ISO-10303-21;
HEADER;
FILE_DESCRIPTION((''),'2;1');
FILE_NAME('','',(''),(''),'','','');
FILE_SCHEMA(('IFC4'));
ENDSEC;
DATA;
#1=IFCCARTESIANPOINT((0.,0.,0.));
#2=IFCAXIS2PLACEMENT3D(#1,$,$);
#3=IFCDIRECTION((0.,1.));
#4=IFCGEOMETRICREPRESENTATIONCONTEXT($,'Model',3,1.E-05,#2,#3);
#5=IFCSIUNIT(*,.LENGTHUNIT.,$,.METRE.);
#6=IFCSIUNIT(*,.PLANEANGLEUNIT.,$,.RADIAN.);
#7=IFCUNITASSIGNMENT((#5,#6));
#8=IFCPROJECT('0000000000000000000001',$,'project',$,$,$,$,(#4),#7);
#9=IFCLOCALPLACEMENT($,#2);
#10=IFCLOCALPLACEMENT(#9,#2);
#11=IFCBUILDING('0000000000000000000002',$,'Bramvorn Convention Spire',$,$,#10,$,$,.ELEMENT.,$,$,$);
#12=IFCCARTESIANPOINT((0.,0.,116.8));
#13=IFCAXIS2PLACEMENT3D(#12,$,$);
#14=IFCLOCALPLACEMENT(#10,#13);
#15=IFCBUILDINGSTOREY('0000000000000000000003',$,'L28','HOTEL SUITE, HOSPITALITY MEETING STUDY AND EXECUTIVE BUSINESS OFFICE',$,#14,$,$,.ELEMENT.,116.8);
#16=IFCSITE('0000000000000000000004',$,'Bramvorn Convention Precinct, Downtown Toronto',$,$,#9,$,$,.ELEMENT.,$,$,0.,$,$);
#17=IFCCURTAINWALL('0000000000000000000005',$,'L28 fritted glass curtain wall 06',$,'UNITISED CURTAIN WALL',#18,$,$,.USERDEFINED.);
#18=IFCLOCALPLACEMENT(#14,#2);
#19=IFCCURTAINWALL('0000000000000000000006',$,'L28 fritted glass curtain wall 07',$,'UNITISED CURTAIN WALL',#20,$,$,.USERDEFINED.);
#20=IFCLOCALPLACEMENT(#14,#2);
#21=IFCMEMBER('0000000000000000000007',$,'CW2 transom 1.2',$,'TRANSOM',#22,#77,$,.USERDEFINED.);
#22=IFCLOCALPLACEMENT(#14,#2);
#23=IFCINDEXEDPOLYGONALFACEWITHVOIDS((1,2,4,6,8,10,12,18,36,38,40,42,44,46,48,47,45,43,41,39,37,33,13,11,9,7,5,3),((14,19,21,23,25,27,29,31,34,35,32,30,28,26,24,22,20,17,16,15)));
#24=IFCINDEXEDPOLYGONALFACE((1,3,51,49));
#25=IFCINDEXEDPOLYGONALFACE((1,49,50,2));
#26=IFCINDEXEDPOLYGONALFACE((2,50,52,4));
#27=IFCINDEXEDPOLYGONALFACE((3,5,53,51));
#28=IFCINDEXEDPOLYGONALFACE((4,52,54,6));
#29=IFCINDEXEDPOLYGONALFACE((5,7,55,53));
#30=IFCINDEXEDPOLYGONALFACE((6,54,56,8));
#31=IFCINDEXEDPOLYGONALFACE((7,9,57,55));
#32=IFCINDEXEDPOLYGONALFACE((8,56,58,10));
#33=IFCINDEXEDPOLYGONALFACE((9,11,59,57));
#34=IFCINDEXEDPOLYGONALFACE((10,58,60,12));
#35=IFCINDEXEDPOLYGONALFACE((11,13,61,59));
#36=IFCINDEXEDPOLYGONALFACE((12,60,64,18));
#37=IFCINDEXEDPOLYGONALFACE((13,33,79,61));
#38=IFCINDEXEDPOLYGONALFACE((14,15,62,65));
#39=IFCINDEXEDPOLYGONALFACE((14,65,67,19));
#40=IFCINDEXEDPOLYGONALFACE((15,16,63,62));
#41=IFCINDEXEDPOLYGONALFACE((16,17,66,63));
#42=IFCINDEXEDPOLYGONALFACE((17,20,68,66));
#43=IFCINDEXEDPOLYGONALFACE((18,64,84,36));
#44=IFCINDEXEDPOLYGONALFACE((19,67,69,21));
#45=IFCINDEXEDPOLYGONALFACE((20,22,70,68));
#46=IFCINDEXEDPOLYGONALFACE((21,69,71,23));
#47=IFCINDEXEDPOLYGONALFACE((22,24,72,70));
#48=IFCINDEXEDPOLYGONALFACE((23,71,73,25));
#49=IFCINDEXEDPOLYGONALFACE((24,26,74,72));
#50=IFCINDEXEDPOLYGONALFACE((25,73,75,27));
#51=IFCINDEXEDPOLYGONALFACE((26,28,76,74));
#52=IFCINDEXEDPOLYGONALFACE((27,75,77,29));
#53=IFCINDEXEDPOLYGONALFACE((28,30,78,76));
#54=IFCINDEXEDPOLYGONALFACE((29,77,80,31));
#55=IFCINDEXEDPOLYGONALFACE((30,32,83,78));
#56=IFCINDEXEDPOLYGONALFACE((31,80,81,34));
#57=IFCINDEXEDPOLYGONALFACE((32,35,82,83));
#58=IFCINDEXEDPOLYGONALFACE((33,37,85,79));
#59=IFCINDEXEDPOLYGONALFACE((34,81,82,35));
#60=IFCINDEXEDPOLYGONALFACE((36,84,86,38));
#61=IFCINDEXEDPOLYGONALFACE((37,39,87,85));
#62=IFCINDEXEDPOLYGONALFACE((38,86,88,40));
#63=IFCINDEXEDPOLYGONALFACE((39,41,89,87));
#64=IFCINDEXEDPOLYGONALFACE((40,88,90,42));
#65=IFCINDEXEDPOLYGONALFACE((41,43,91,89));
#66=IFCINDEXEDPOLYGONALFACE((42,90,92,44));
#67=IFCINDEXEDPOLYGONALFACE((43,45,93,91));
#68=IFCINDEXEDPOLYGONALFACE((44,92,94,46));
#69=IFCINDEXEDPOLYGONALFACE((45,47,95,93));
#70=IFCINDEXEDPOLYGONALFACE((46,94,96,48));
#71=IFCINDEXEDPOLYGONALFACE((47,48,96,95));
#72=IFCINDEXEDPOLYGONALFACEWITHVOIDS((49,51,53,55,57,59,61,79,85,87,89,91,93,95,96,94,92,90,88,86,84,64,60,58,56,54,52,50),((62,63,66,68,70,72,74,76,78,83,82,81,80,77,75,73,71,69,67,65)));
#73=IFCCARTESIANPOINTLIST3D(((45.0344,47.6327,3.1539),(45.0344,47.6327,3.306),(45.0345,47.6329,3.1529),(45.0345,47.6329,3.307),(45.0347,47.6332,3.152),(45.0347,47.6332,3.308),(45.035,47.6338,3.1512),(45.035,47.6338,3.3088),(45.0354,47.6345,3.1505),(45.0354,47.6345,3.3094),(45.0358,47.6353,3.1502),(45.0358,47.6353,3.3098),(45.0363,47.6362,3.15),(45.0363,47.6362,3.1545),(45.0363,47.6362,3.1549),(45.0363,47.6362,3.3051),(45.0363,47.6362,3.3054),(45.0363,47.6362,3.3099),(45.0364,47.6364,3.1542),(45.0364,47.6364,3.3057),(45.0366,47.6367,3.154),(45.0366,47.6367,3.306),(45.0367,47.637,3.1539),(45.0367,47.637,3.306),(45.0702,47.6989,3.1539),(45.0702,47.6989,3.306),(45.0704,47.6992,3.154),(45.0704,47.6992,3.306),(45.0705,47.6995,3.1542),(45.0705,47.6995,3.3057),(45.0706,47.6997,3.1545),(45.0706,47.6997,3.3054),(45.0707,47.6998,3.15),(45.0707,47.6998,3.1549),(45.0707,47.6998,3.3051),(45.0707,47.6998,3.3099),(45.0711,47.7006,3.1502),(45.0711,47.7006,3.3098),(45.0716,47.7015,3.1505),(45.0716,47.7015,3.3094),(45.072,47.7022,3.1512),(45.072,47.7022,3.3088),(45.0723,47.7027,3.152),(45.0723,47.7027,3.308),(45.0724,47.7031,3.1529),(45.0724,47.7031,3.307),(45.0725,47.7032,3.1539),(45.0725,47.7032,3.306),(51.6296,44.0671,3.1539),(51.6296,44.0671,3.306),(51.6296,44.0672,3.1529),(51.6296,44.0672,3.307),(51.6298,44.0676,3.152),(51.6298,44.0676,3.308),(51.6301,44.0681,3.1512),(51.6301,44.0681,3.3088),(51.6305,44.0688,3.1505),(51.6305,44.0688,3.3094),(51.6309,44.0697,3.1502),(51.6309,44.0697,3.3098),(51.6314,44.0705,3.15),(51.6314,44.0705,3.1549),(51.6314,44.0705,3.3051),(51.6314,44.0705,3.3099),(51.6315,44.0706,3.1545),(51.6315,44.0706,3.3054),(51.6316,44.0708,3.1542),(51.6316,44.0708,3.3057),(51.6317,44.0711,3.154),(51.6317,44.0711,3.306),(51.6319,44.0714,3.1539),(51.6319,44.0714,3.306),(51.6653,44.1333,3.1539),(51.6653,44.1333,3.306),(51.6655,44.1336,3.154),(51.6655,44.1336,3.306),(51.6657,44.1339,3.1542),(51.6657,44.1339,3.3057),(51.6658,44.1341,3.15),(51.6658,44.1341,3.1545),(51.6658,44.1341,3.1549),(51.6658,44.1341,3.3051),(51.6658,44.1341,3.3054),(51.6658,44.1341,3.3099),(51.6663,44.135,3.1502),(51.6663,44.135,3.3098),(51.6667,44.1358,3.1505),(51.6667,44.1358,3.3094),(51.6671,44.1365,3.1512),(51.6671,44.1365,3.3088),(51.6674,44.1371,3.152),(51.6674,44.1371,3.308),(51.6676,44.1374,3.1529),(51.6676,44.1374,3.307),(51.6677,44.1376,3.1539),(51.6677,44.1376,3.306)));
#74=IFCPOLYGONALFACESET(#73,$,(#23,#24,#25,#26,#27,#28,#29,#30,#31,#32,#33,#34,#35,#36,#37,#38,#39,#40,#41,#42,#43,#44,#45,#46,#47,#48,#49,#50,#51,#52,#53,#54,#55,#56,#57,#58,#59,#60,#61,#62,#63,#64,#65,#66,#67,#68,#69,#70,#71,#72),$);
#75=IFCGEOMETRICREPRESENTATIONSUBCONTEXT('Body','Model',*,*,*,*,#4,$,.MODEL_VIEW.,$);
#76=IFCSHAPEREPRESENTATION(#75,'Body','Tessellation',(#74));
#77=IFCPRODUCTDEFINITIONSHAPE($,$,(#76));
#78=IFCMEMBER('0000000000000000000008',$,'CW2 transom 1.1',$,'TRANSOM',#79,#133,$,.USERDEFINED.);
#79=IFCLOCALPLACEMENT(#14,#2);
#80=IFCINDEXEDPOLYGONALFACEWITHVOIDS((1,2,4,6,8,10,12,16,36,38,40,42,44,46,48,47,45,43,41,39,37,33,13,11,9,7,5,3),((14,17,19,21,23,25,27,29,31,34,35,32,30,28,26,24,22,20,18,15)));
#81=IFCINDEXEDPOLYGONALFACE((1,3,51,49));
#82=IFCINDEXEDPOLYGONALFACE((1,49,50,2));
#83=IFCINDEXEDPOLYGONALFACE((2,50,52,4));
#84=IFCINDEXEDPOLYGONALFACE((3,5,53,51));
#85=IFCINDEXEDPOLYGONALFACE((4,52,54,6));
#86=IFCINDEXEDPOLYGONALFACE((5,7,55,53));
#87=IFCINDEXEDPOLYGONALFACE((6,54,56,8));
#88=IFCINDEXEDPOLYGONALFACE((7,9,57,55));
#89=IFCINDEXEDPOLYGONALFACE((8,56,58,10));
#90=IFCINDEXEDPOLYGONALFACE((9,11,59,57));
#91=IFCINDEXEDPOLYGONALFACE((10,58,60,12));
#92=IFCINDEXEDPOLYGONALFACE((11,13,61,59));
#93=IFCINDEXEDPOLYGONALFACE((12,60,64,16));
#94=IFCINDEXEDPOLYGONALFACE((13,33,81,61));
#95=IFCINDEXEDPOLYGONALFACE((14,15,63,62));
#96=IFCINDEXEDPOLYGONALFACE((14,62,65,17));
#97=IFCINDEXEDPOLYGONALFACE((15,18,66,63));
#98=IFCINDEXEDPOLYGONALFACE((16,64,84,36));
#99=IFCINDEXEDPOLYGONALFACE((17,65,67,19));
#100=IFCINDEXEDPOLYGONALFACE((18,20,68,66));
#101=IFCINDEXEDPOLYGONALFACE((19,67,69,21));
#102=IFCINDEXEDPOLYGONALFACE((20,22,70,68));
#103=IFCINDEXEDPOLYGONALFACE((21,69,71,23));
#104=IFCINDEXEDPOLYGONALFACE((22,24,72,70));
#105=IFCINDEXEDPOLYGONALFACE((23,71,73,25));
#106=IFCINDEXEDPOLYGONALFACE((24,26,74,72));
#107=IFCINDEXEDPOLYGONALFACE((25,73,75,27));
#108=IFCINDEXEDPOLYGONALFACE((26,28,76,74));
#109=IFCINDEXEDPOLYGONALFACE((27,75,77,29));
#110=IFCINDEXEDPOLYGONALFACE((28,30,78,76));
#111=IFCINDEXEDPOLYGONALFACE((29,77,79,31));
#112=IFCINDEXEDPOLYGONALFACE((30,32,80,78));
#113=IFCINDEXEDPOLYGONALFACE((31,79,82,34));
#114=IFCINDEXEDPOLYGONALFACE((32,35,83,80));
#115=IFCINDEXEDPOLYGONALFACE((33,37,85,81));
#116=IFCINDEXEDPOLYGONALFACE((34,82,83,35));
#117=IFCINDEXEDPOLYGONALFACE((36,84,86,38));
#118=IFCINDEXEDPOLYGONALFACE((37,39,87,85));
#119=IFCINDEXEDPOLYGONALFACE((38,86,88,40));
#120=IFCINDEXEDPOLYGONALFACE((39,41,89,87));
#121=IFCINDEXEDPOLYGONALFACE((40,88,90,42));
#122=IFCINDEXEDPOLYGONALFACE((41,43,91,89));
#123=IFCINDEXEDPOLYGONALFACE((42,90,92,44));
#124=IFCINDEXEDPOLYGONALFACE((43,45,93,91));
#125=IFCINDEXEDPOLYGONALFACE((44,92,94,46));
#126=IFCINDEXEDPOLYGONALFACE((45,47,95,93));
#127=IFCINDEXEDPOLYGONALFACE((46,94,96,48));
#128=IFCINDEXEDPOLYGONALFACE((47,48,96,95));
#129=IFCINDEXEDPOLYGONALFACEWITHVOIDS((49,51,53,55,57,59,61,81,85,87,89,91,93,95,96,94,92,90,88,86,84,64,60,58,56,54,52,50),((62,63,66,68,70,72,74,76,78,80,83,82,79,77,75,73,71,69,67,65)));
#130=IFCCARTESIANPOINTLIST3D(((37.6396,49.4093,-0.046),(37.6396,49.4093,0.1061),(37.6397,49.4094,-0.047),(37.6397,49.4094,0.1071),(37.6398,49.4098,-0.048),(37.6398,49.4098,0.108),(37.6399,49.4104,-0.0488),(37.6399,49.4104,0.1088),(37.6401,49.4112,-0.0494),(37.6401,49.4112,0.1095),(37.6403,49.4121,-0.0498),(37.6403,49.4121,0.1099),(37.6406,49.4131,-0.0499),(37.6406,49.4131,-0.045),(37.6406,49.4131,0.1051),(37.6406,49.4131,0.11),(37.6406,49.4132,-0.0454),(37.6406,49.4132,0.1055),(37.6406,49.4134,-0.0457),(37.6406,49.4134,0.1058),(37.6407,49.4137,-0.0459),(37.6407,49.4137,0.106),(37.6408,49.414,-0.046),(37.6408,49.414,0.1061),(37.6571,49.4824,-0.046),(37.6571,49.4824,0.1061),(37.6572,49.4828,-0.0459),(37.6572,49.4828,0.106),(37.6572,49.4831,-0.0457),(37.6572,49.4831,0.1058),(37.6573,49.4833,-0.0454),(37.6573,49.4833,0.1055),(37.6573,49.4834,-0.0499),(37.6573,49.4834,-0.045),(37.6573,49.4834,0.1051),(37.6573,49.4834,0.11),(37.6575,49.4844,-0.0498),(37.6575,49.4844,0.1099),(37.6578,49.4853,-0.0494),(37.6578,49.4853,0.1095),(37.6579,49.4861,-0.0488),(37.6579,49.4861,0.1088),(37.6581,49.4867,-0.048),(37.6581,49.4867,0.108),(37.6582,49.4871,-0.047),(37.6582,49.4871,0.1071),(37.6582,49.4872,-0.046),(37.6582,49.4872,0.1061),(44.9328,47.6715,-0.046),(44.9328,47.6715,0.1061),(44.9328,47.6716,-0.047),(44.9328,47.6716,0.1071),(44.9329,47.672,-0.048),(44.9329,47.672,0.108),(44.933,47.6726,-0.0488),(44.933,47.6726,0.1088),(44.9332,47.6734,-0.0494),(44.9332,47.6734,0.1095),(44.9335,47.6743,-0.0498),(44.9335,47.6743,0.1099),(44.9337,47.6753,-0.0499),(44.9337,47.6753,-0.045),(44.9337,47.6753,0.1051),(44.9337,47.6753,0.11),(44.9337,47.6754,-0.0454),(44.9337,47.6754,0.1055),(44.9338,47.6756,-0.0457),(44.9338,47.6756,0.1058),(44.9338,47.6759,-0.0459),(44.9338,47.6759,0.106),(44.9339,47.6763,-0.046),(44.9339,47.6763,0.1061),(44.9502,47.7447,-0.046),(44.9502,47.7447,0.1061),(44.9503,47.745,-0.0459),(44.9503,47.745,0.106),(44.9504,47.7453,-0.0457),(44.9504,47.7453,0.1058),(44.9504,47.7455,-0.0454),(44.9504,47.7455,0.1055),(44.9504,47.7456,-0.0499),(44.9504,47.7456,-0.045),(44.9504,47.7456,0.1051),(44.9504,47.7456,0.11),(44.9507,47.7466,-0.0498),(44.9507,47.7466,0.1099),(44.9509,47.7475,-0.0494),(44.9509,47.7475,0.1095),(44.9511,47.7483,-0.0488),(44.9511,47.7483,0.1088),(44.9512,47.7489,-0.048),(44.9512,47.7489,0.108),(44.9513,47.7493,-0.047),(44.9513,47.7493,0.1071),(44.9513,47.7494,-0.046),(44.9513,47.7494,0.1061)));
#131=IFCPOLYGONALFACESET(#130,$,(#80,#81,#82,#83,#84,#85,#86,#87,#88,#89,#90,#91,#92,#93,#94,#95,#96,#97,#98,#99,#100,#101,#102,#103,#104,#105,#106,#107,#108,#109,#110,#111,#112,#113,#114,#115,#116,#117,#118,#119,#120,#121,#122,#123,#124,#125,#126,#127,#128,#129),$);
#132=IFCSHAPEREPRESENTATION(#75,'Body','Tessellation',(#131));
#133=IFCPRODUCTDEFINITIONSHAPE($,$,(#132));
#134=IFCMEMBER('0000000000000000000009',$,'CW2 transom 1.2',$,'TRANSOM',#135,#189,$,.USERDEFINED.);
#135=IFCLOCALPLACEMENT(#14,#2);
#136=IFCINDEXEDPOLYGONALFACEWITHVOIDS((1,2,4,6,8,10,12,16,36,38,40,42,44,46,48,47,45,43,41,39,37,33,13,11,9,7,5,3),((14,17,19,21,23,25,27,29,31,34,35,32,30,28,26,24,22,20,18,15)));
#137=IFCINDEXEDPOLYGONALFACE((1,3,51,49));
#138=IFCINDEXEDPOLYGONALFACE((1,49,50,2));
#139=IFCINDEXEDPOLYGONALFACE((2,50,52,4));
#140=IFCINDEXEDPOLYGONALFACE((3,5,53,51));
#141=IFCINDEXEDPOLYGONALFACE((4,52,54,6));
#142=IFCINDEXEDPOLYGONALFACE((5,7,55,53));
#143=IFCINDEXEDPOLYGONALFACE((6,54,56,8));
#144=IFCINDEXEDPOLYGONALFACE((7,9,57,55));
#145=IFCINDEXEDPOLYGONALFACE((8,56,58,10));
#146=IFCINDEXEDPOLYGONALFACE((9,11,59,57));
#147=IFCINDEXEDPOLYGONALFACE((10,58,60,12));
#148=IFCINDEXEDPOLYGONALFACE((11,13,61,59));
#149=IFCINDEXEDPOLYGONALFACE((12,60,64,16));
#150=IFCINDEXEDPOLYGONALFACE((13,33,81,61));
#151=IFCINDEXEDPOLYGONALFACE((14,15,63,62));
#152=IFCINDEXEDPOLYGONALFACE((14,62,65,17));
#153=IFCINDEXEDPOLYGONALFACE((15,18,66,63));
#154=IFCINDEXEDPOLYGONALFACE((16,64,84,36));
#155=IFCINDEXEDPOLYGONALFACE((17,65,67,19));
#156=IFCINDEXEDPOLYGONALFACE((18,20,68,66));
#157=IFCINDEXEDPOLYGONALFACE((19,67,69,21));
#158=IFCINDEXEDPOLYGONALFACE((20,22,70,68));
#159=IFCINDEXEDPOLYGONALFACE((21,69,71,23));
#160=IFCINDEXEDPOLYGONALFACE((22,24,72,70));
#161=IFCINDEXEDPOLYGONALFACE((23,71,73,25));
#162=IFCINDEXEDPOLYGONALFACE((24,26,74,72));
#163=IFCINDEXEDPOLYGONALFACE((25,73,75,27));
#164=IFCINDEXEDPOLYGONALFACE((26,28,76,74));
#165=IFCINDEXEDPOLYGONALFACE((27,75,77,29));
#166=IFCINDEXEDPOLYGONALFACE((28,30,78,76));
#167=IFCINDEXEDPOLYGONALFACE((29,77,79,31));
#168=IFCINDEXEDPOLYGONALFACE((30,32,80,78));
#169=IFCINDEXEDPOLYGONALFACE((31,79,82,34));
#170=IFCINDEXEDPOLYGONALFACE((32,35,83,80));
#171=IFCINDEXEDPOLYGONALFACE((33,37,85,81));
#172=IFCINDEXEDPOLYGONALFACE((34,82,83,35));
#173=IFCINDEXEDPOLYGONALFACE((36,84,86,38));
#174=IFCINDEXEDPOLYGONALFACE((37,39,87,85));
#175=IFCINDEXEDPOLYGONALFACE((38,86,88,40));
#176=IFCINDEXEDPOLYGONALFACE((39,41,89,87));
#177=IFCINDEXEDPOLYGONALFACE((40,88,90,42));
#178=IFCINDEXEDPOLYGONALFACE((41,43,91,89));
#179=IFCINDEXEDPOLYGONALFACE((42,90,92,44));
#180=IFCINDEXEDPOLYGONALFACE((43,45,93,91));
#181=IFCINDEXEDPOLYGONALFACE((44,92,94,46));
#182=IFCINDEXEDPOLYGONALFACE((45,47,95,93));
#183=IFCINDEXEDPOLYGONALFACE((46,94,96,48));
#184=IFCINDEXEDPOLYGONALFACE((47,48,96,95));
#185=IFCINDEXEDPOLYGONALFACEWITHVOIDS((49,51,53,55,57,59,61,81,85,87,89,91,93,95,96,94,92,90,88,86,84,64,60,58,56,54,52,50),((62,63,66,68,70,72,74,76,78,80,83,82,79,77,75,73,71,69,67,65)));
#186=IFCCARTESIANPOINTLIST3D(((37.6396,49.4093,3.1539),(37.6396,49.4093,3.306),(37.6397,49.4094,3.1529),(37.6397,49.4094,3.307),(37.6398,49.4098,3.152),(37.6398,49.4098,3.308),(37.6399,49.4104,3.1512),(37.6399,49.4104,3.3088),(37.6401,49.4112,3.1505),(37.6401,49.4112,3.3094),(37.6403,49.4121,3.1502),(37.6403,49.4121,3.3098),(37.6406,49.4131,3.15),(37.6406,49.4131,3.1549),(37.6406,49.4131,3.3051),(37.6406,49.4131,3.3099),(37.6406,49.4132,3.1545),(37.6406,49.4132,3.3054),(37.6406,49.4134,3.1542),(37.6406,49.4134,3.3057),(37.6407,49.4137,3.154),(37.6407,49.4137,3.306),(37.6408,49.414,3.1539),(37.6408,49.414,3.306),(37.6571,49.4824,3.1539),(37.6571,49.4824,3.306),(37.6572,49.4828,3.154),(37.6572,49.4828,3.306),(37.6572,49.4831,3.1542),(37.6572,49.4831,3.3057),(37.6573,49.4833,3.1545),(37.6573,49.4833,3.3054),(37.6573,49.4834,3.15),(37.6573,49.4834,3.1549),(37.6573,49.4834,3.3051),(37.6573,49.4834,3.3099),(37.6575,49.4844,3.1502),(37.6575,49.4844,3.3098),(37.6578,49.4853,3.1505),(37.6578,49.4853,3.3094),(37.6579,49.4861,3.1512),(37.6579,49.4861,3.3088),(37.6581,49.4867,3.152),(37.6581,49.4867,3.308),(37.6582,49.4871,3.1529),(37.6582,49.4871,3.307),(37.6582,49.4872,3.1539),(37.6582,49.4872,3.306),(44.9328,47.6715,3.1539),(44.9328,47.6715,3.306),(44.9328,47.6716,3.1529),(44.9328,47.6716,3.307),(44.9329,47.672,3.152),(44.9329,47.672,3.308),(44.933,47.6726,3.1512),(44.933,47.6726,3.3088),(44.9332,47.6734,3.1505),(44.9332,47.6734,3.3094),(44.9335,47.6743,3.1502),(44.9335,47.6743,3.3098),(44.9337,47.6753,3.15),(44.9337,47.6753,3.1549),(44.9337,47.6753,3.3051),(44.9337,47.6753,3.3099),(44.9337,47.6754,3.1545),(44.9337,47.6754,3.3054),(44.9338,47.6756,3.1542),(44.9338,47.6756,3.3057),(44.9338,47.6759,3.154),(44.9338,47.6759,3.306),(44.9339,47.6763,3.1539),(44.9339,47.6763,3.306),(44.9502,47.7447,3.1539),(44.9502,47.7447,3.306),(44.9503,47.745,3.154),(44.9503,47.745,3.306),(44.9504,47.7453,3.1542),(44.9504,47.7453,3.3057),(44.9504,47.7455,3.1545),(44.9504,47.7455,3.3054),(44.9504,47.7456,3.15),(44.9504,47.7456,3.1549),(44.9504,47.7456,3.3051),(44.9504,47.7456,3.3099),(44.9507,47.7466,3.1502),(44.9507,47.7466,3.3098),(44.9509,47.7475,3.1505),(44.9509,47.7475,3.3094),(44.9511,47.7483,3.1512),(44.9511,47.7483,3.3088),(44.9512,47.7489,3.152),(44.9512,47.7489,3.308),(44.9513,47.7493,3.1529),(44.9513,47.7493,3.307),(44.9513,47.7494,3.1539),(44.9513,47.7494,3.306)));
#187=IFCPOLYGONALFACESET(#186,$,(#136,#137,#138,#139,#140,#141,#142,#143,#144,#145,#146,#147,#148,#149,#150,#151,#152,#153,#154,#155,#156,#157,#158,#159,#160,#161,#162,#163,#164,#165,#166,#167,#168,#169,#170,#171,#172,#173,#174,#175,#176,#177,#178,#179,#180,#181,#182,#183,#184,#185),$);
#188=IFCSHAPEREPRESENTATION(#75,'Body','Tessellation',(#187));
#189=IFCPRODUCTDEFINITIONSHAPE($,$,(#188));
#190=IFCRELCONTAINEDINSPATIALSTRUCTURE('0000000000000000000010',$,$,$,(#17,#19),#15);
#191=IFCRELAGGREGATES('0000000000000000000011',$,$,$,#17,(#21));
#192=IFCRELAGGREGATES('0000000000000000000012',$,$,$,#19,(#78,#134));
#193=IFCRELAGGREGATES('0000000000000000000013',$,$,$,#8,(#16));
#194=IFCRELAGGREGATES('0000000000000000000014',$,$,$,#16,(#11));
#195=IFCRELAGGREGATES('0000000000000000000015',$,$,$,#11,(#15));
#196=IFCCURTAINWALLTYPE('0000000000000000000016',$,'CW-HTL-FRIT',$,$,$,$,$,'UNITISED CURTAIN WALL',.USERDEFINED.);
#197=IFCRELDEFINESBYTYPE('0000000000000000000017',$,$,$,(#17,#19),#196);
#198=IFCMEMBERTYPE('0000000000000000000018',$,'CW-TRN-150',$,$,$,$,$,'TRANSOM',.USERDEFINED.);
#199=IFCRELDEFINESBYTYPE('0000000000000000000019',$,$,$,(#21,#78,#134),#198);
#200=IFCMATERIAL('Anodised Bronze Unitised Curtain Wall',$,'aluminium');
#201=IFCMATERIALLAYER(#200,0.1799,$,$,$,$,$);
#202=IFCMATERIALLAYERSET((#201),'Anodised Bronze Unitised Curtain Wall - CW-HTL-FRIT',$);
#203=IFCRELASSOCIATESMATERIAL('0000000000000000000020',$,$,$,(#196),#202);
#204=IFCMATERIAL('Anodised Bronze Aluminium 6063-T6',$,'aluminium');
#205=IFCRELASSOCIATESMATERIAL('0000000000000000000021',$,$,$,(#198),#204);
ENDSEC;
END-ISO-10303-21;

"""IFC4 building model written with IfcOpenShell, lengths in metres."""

from ifc_helpers import new_model, si_unit, direction, frame, origin, origin_2d, place, context, subcontext, project, spatial, hollow_rectangle, extrude, material, layer, layer_set, material_profile, profile_set, type_object, element, aggregate, save


model = new_model("IFC4")

# Units and contexts
model_context = context("Model", 3, precision=1e-05, world=origin(), true_north=direction((0.0, 1.0)))
body_context = subcontext(model_context, "Body", "Model", "MODEL_VIEW")
ifc_project = project(units=[si_unit("LENGTHUNIT", "METRE"), si_unit("PLANEANGLEUNIT", "RADIAN")], contexts=[model_context])

# Site, building, storey
site_placement = place(None, origin())
site = spatial("IfcSite", under=ifc_project, at=site_placement, Name="Bramvorn Convention Precinct, Downtown Toronto", CompositionType="ELEMENT", RefElevation=0.0)
building_placement = place(site_placement, origin())
building = spatial("IfcBuilding", under=site, at=building_placement, Name="Bramvorn Convention Spire", CompositionType="ELEMENT")
storey_placement = place(building_placement, frame((0.0, 0.0, 116.8)))
storey = spatial("IfcBuildingStorey", under=building, at=storey_placement, Name="L28", Description="HOTEL SUITE, HOSPITALITY MEETING STUDY AND EXECUTIVE BUSINESS OFFICE", CompositionType="ELEMENT", Elevation=116.8)

# Curtain wall
ifc_material_1 = material(Name="Anodised Bronze Unitised Curtain Wall", Category="aluminium")
ifc_layer_1 = layer(ifc_material_1, 0.1799)
ifc_layer_set_1 = layer_set([ifc_layer_1], Name="Anodised Bronze Unitised Curtain Wall - CW-HTL-FRIT")
curtain_wall_type = type_object("IfcCurtainWallType", Name="CW-HTL-FRIT", ElementType="UNITISED CURTAIN WALL", PredefinedType="USERDEFINED", material=ifc_layer_set_1)
curtain_wall_1_placement = place(storey_placement, origin())
curtain_wall_1 = element("IfcCurtainWall", 1, at=curtain_wall_1_placement, inside=storey, type_object=curtain_wall_type, Name="L28 fritted glass curtain wall 06", ObjectType="UNITISED CURTAIN WALL", PredefinedType="USERDEFINED")
ifc_material_2 = material(Name="Anodised Bronze Aluminium 6063-T6", Category="aluminium")

# Curtain wall
curtain_wall_2_placement = place(storey_placement, origin())
curtain_wall_2 = element("IfcCurtainWall", 2, at=curtain_wall_2_placement, inside=storey, type_object=curtain_wall_type, Name="L28 fritted glass curtain wall 07", ObjectType="UNITISED CURTAIN WALL", PredefinedType="USERDEFINED")

# Members
ifc_material_profile_1 = material_profile(ifc_material_2, hollow_rectangle(XDim=0.0801, YDim=0.1599, WallThickness=0.0039, InnerFilletRadius=0.001, OuterFilletRadius=0.0039, at=origin_2d()))
ifc_profile_set_1 = profile_set([ifc_material_profile_1], Name="Anodised Bronze Aluminium 6063-T6 - CWT80X160")
member_type_1 = type_object("IfcMemberType", Name="CW-TRN-150", ElementType="TRANSOM", PredefinedType="USERDEFINED", material=ifc_profile_set_1)
member_1_placement = place(storey_placement, frame((45.0535, 47.668, 3.23), z_axis=(0.879668, -0.475589, 0.0), x_axis=(0.475589, 0.879668, 0.0)))
member_1 = element("IfcMember", 3, at=member_1_placement, type_object=member_type_1, Name="CW2 transom 1.2", ObjectType="TRANSOM", PredefinedType="USERDEFINED", context=body_context, shape_type="SweptSolid", body=[
    extrude(hollow_rectangle(XDim=0.0801, YDim=0.1599, WallThickness=0.0039, InnerFilletRadius=0.001, OuterFilletRadius=0.0039, at=origin_2d()), origin(), (0.0, 0.0, 1.0), 7.4973),
])
aggregate(curtain_wall_1, [member_1])
member_2_placement = place(storey_placement, frame((37.6489, 49.4482, 0.03), z_axis=(0.972767, -0.231786, 0.0), x_axis=(0.231786, 0.972767, 0.0)))
member_2 = element("IfcMember", 4, at=member_2_placement, type_object=member_type_1, Name="CW2 transom 1.1", ObjectType="TRANSOM", PredefinedType="USERDEFINED", context=body_context, shape_type="SweptSolid", body=[
    extrude(hollow_rectangle(XDim=0.0801, YDim=0.1599, WallThickness=0.0039, InnerFilletRadius=0.001, OuterFilletRadius=0.0039, at=origin_2d()), origin(), (0.0, 0.0, 1.0), 7.4973),
])
member_3_placement = place(storey_placement, frame((37.6489, 49.4482, 3.23), z_axis=(0.972767, -0.231786, 0.0), x_axis=(0.231786, 0.972767, 0.0)))
member_3 = element("IfcMember", 5, at=member_3_placement, type_object=member_type_1, Name="CW2 transom 1.2", ObjectType="TRANSOM", PredefinedType="USERDEFINED", context=body_context, shape_type="SweptSolid", body=[
    extrude(hollow_rectangle(XDim=0.0801, YDim=0.1599, WallThickness=0.0039, InnerFilletRadius=0.001, OuterFilletRadius=0.0039, at=origin_2d()), origin(), (0.0, 0.0, 1.0), 7.4973),
])

aggregate(curtain_wall_2, [member_2, member_3])

save(model, "model.ifc")
